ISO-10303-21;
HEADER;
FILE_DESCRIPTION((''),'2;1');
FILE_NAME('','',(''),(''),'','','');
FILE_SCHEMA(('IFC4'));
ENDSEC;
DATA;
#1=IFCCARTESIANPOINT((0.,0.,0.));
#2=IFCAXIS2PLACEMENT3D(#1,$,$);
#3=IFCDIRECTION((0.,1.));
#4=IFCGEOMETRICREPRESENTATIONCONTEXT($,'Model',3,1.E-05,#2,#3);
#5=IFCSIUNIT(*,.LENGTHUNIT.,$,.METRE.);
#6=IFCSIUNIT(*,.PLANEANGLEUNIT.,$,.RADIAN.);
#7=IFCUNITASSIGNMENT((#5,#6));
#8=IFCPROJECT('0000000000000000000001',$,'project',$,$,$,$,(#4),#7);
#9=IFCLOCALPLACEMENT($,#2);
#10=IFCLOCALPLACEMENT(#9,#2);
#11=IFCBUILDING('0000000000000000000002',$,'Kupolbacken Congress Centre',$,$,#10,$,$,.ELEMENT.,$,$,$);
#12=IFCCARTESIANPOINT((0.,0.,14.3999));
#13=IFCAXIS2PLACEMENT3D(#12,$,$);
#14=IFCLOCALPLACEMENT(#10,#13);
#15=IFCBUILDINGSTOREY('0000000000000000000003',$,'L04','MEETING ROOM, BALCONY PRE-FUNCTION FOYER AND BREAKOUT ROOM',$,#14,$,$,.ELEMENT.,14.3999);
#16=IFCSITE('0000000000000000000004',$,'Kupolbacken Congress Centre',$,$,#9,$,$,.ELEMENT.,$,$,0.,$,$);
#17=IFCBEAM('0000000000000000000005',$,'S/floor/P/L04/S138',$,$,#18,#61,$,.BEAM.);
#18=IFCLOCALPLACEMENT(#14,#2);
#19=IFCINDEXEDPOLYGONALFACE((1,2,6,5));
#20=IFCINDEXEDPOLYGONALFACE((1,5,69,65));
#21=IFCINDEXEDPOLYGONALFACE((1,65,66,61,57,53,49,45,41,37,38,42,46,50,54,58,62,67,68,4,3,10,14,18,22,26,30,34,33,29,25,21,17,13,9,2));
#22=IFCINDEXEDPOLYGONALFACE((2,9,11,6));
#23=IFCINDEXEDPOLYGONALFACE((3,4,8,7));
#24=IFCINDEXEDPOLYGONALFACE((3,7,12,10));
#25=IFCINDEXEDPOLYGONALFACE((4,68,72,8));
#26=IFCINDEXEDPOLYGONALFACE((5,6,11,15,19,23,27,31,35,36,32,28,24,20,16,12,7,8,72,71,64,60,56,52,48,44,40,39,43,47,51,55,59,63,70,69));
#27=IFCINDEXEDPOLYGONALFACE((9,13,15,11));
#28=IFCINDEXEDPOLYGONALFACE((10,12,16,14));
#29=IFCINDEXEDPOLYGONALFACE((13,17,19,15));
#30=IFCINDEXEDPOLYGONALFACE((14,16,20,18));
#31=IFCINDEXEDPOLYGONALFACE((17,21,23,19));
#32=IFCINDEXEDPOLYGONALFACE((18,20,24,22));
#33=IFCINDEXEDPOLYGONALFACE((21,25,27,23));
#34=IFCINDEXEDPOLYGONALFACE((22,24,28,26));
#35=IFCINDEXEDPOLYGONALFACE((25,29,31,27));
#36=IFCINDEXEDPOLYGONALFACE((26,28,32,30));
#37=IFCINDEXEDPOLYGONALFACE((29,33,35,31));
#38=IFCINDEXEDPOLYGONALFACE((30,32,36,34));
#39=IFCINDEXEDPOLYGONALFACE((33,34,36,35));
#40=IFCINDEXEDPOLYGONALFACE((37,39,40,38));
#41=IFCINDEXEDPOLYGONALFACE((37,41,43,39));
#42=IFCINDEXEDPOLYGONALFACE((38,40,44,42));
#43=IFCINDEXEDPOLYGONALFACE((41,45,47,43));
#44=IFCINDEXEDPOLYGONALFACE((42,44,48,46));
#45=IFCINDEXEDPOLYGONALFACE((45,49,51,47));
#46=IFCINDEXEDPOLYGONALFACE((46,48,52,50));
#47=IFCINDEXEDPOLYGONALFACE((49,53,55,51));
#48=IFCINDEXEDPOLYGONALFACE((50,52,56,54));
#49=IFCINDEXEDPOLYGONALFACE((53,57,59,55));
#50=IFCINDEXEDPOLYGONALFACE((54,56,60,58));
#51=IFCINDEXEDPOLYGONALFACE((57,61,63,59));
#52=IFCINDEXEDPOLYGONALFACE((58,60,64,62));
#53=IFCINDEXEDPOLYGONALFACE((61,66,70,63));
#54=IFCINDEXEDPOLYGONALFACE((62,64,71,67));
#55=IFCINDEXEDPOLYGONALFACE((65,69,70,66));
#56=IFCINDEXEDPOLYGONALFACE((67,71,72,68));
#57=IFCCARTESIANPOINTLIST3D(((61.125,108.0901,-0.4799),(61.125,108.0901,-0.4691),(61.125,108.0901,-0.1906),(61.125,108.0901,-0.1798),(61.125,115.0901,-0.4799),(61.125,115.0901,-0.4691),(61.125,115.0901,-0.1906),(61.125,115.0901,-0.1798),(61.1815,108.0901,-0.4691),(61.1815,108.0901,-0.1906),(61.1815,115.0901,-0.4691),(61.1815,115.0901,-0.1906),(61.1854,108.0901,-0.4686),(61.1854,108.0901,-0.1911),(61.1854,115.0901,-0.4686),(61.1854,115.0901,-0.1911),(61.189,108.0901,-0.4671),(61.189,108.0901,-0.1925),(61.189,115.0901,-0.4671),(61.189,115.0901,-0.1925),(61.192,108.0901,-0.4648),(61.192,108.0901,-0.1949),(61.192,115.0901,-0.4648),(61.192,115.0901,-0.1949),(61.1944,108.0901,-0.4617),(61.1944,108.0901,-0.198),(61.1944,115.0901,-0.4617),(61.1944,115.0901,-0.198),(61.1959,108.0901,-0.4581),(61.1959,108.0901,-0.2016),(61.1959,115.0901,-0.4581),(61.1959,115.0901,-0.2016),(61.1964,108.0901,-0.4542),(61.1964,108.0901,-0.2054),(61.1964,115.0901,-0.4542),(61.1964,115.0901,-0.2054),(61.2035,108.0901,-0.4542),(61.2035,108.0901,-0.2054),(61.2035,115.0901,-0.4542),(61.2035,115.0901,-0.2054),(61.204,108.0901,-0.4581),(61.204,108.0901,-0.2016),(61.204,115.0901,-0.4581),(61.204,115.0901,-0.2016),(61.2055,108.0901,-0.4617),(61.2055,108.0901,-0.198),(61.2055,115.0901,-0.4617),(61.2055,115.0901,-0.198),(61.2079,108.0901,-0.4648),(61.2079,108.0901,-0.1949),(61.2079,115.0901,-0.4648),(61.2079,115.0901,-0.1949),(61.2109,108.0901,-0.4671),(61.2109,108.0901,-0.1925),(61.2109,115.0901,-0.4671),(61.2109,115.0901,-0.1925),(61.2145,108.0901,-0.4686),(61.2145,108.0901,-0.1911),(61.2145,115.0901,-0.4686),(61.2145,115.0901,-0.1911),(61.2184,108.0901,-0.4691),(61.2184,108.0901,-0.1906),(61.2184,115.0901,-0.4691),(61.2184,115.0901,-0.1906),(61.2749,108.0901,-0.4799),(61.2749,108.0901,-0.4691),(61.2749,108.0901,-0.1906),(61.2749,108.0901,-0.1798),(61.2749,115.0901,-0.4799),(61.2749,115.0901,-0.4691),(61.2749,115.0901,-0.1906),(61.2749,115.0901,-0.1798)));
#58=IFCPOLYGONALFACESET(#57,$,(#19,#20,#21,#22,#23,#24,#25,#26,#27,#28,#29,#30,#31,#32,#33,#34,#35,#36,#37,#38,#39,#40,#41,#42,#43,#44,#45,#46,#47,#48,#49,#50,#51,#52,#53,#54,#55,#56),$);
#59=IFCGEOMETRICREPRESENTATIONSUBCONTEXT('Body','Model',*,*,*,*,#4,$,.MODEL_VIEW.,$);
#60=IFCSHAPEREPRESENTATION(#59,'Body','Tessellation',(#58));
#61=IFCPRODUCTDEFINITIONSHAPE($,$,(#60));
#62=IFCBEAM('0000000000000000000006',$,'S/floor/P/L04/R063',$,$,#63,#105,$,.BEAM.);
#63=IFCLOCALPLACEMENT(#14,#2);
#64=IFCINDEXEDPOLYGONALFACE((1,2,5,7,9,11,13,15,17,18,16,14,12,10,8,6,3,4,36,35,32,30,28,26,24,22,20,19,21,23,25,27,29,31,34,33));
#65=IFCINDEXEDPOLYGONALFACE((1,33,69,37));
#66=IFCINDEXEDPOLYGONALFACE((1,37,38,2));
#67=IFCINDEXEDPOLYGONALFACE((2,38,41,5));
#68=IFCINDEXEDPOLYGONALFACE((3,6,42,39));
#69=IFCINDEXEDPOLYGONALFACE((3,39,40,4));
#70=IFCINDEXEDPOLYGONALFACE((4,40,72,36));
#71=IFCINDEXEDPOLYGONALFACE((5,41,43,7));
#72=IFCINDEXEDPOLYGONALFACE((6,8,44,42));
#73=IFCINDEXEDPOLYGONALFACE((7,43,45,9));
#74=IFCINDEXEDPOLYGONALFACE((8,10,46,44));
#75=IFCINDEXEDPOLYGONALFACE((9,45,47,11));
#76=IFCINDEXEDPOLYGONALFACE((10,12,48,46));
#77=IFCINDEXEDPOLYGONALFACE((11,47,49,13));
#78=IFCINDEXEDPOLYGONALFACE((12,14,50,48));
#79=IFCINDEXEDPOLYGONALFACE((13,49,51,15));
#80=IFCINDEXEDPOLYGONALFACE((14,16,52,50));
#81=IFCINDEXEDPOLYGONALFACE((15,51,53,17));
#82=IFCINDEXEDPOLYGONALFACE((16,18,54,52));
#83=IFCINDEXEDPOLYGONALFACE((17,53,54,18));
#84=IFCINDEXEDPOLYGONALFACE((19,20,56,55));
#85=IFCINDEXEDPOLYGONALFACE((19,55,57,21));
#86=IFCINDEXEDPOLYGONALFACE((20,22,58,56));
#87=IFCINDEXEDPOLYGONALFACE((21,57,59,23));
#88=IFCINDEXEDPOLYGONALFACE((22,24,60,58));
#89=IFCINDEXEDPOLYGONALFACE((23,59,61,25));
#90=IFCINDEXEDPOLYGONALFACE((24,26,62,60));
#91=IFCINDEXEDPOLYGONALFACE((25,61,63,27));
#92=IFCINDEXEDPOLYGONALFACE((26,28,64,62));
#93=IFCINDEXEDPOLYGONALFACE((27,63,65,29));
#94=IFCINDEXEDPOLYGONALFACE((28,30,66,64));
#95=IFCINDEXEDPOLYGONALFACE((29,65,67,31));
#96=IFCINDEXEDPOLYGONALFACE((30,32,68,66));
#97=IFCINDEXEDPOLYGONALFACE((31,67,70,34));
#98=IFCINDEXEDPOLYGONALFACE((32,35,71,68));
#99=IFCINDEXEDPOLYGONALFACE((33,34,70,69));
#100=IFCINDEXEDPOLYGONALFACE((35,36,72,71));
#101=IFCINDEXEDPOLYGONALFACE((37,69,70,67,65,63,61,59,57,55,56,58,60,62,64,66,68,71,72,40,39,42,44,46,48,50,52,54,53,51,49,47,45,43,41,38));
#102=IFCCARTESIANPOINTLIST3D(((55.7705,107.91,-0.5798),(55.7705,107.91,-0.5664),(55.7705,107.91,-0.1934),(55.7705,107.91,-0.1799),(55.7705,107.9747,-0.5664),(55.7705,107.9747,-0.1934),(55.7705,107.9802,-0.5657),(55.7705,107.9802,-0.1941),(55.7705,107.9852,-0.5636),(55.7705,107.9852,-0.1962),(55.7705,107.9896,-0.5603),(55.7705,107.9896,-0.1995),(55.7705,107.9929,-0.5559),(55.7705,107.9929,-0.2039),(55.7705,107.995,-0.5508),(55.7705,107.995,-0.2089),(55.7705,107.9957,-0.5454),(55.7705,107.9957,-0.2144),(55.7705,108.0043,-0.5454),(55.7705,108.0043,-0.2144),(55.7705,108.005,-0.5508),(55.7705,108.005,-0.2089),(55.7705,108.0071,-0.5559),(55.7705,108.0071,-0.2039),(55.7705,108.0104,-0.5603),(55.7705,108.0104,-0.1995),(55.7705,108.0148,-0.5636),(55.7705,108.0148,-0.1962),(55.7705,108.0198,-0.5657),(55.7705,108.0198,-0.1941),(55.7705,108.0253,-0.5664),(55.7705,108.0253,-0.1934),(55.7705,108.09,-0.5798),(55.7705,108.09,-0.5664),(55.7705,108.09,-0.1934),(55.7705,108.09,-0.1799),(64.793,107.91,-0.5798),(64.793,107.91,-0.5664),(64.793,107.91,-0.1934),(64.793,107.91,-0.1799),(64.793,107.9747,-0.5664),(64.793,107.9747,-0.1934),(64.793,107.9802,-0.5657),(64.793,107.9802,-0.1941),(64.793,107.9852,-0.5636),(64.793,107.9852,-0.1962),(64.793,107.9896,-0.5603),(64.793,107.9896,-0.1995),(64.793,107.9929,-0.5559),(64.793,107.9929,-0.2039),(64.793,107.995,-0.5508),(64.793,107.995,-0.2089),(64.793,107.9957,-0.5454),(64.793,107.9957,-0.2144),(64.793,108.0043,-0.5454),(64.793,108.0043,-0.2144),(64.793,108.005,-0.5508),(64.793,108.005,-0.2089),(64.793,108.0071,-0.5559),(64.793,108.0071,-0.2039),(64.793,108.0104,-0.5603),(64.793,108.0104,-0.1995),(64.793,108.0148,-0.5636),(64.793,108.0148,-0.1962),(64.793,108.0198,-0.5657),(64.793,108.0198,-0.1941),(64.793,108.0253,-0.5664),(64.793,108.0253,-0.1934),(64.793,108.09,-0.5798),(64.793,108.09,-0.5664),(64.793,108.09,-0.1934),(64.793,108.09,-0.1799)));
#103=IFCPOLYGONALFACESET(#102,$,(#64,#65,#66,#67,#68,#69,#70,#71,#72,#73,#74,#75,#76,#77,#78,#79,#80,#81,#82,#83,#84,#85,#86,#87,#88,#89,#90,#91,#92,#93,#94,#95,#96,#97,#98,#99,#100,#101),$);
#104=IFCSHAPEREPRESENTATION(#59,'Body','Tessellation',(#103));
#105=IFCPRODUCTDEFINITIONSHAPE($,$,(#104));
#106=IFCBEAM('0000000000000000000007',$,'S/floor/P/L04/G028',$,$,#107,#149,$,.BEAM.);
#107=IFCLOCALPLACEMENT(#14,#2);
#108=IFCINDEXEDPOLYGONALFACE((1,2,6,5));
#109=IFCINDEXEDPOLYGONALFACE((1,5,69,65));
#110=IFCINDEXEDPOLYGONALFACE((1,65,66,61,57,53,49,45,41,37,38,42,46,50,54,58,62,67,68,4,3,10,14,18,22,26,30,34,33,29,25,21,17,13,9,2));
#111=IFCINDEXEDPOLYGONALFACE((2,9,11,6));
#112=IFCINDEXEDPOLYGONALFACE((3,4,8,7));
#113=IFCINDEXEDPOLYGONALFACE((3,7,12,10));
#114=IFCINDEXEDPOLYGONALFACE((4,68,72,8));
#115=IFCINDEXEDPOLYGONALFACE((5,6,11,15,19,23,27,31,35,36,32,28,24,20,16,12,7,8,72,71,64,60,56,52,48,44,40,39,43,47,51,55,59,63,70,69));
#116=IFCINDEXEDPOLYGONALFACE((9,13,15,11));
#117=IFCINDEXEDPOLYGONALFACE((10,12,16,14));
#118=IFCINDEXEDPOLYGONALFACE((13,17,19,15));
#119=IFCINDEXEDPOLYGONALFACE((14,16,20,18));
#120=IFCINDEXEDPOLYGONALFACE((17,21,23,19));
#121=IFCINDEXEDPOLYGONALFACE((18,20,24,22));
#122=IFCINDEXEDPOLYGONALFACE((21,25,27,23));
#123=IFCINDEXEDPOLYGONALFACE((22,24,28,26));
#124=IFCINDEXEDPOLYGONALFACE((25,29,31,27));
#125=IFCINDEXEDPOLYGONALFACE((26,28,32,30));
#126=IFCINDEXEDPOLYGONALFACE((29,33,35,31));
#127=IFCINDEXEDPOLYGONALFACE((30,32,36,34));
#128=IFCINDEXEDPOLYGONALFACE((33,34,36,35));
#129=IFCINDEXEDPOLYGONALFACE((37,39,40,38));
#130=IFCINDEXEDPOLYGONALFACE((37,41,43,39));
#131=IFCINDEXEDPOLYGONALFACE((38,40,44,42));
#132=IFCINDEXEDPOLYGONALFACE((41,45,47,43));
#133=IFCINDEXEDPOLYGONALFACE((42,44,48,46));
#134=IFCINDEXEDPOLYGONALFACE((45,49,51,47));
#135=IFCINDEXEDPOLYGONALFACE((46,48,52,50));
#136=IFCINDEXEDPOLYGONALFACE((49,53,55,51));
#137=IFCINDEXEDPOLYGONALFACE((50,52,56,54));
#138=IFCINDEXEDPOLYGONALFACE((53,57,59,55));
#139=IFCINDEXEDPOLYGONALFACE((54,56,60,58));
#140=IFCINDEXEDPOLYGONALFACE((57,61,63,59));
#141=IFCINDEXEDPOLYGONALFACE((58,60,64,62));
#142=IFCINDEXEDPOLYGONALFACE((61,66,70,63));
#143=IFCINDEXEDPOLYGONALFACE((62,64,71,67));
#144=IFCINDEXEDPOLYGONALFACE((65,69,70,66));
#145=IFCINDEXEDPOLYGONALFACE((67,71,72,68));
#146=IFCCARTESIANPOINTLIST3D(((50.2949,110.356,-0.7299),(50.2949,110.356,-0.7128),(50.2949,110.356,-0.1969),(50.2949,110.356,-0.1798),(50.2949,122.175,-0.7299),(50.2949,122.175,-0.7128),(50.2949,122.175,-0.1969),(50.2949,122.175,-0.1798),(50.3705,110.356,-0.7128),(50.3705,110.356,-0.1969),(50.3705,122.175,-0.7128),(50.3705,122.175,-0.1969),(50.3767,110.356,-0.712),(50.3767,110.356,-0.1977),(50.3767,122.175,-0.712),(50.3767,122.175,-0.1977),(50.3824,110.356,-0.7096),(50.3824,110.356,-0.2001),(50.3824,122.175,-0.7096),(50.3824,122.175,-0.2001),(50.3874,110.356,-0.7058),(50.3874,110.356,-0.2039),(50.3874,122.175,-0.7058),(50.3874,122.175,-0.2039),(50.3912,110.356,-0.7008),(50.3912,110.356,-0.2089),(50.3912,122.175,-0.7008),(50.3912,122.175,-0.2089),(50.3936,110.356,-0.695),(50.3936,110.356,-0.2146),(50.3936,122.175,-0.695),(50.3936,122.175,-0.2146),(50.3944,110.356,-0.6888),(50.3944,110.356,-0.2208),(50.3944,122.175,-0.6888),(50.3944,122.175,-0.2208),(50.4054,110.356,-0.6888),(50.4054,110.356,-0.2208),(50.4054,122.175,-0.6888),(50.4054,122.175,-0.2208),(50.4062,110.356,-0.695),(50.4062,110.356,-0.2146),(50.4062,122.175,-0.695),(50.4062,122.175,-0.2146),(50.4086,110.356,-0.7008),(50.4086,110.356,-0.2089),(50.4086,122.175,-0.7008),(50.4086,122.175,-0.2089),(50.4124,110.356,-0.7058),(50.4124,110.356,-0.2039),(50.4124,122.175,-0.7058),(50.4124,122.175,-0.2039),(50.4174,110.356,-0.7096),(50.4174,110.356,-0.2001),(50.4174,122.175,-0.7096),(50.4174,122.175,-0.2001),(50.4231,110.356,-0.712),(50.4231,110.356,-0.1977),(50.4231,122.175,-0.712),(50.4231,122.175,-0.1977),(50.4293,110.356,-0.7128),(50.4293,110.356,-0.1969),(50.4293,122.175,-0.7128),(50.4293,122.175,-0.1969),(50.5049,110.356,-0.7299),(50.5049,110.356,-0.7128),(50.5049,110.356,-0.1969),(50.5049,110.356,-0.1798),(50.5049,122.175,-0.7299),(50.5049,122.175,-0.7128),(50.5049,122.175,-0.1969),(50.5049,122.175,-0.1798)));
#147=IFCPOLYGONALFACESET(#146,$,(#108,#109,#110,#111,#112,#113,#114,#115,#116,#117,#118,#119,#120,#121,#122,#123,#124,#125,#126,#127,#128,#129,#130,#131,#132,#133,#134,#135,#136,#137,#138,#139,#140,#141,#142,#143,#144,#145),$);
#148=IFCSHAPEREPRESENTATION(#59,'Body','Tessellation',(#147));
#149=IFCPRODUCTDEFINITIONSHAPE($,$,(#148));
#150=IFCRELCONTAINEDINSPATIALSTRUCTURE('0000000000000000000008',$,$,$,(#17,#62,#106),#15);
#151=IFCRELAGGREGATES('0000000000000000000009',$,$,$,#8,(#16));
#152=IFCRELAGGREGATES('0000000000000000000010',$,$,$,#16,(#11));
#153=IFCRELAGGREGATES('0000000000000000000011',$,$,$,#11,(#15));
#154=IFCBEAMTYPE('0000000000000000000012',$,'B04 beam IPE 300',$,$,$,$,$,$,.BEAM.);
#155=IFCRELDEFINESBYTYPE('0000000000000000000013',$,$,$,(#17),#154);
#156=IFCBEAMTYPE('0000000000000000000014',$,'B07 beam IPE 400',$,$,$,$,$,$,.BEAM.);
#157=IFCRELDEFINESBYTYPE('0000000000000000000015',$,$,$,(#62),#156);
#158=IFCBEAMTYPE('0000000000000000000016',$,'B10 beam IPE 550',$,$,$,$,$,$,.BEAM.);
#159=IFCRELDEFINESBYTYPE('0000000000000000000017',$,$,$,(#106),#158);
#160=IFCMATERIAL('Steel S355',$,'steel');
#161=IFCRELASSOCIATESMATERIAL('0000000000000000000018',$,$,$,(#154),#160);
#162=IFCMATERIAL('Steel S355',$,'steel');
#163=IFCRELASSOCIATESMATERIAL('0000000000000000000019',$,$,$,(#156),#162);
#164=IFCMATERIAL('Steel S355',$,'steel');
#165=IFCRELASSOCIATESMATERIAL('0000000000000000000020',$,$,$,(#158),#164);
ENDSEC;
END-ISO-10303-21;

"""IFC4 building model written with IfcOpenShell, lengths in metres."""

from ifc_helpers import new_model, si_unit, direction, frame, origin, origin_2d, place, context, subcontext, project, spatial, i_section, extrude, material, material_profile, profile_set, type_object, element, save


model = new_model("IFC4")

# Units and contexts
model_context = context("Model", 3, precision=1e-05, world=origin(), true_north=direction((0.0, 1.0)))
body_context = subcontext(model_context, "Body", "Model", "MODEL_VIEW")
ifc_project = project(units=[si_unit("LENGTHUNIT", "METRE"), si_unit("PLANEANGLEUNIT", "RADIAN")], contexts=[model_context])

# Site, building, storey
site_placement = place(None, origin())
site = spatial("IfcSite", under=ifc_project, at=site_placement, Name="Kupolbacken Congress Centre", CompositionType="ELEMENT", RefElevation=0.0)
building_placement = place(site_placement, origin())
building = spatial("IfcBuilding", under=site, at=building_placement, Name="Kupolbacken Congress Centre", CompositionType="ELEMENT")
storey_placement = place(building_placement, frame((0.0, 0.0, 14.3999)))
storey = spatial("IfcBuildingStorey", under=building, at=storey_placement, Name="L04", Description="MEETING ROOM, BALCONY PRE-FUNCTION FOYER AND BREAKOUT ROOM", CompositionType="ELEMENT", Elevation=14.3999)

# Beams
ifc_material_1 = material(Name="Steel S355", Category="steel")
ifc_material_profile_1 = material_profile(ifc_material_1, i_section(OverallWidth=0.1499, OverallDepth=0.3, WebThickness=0.0071, FlangeThickness=0.0107, FilletRadius=0.0149, at=origin_2d()), Name="IPE 300")
ifc_profile_set_1 = profile_set([ifc_material_profile_1], Name="Steel S355")
beam_type_1 = type_object("IfcBeamType", Name="B04 beam IPE 300", PredefinedType="BEAM", material=ifc_profile_set_1)
for number, where, z_axis, x_axis, name in (
    (1, (61.2, 108.0901, -0.3298), (0.0, 1.0, 0.0), (-1.0, 0.0, 0.0), "S/floor/P/L04/S138"),
):
    element("IfcBeam", number, at=place(storey_placement, frame(where, z_axis=z_axis, x_axis=x_axis)), inside=storey, type_object=beam_type_1, Name=name, PredefinedType="BEAM", context=body_context, shape_type="SweptSolid", body=[
        extrude(i_section(OverallWidth=0.1499, OverallDepth=0.3, WebThickness=0.0071, FlangeThickness=0.0107, FilletRadius=0.0149, at=origin_2d()), origin(), (0.0, 0.0, 1.0), 7.0),
    ])
ifc_material_2 = material(Name="Steel S355", Category="steel")
ifc_material_profile_2 = material_profile(ifc_material_2, i_section(OverallWidth=0.1799, OverallDepth=0.3999, WebThickness=0.0085, FlangeThickness=0.0134, FilletRadius=0.021, at=origin_2d()), Name="IPE 400")
ifc_profile_set_2 = profile_set([ifc_material_profile_2], Name="Steel S355")
beam_type_2 = type_object("IfcBeamType", Name="B07 beam IPE 400", PredefinedType="BEAM", material=ifc_profile_set_2)
beam_1_placement = place(storey_placement, frame((55.7705, 108.0, -0.3799), z_axis=(1.0, 0.0, 0.0), x_axis=(0.0, 1.0, 0.0)))
element("IfcBeam", 2, at=beam_1_placement, inside=storey, type_object=beam_type_2, Name="S/floor/P/L04/R063", PredefinedType="BEAM", context=body_context, shape_type="SweptSolid", body=[
    extrude(i_section(OverallWidth=0.1799, OverallDepth=0.3999, WebThickness=0.0085, FlangeThickness=0.0134, FilletRadius=0.021, at=origin_2d()), origin(), (0.0, 0.0, 1.0), 9.0225),
])
ifc_material_3 = material(Name="Steel S355", Category="steel")
ifc_material_profile_3 = material_profile(ifc_material_3, i_section(OverallWidth=0.21, OverallDepth=0.55, WebThickness=0.011, FlangeThickness=0.0171, FilletRadius=0.0239, at=origin_2d()), Name="IPE 550")
ifc_profile_set_3 = profile_set([ifc_material_profile_3], Name="Steel S355")
beam_type_3 = type_object("IfcBeamType", Name="B10 beam IPE 550", PredefinedType="BEAM", material=ifc_profile_set_3)
beam_2_placement = place(storey_placement, frame((50.3999, 110.356, -0.4548), z_axis=(0.0, 1.0, 0.0), x_axis=(-1.0, 0.0, 0.0)))
element("IfcBeam", 3, at=beam_2_placement, inside=storey, type_object=beam_type_3, Name="S/floor/P/L04/G028", PredefinedType="BEAM", context=body_context, shape_type="SweptSolid", body=[
    extrude(i_section(OverallWidth=0.21, OverallDepth=0.55, WebThickness=0.011, FlangeThickness=0.0171, FilletRadius=0.0239, at=origin_2d()), origin(), (0.0, 0.0, 1.0), 11.8191),
])

save(model, "model.ifc")
